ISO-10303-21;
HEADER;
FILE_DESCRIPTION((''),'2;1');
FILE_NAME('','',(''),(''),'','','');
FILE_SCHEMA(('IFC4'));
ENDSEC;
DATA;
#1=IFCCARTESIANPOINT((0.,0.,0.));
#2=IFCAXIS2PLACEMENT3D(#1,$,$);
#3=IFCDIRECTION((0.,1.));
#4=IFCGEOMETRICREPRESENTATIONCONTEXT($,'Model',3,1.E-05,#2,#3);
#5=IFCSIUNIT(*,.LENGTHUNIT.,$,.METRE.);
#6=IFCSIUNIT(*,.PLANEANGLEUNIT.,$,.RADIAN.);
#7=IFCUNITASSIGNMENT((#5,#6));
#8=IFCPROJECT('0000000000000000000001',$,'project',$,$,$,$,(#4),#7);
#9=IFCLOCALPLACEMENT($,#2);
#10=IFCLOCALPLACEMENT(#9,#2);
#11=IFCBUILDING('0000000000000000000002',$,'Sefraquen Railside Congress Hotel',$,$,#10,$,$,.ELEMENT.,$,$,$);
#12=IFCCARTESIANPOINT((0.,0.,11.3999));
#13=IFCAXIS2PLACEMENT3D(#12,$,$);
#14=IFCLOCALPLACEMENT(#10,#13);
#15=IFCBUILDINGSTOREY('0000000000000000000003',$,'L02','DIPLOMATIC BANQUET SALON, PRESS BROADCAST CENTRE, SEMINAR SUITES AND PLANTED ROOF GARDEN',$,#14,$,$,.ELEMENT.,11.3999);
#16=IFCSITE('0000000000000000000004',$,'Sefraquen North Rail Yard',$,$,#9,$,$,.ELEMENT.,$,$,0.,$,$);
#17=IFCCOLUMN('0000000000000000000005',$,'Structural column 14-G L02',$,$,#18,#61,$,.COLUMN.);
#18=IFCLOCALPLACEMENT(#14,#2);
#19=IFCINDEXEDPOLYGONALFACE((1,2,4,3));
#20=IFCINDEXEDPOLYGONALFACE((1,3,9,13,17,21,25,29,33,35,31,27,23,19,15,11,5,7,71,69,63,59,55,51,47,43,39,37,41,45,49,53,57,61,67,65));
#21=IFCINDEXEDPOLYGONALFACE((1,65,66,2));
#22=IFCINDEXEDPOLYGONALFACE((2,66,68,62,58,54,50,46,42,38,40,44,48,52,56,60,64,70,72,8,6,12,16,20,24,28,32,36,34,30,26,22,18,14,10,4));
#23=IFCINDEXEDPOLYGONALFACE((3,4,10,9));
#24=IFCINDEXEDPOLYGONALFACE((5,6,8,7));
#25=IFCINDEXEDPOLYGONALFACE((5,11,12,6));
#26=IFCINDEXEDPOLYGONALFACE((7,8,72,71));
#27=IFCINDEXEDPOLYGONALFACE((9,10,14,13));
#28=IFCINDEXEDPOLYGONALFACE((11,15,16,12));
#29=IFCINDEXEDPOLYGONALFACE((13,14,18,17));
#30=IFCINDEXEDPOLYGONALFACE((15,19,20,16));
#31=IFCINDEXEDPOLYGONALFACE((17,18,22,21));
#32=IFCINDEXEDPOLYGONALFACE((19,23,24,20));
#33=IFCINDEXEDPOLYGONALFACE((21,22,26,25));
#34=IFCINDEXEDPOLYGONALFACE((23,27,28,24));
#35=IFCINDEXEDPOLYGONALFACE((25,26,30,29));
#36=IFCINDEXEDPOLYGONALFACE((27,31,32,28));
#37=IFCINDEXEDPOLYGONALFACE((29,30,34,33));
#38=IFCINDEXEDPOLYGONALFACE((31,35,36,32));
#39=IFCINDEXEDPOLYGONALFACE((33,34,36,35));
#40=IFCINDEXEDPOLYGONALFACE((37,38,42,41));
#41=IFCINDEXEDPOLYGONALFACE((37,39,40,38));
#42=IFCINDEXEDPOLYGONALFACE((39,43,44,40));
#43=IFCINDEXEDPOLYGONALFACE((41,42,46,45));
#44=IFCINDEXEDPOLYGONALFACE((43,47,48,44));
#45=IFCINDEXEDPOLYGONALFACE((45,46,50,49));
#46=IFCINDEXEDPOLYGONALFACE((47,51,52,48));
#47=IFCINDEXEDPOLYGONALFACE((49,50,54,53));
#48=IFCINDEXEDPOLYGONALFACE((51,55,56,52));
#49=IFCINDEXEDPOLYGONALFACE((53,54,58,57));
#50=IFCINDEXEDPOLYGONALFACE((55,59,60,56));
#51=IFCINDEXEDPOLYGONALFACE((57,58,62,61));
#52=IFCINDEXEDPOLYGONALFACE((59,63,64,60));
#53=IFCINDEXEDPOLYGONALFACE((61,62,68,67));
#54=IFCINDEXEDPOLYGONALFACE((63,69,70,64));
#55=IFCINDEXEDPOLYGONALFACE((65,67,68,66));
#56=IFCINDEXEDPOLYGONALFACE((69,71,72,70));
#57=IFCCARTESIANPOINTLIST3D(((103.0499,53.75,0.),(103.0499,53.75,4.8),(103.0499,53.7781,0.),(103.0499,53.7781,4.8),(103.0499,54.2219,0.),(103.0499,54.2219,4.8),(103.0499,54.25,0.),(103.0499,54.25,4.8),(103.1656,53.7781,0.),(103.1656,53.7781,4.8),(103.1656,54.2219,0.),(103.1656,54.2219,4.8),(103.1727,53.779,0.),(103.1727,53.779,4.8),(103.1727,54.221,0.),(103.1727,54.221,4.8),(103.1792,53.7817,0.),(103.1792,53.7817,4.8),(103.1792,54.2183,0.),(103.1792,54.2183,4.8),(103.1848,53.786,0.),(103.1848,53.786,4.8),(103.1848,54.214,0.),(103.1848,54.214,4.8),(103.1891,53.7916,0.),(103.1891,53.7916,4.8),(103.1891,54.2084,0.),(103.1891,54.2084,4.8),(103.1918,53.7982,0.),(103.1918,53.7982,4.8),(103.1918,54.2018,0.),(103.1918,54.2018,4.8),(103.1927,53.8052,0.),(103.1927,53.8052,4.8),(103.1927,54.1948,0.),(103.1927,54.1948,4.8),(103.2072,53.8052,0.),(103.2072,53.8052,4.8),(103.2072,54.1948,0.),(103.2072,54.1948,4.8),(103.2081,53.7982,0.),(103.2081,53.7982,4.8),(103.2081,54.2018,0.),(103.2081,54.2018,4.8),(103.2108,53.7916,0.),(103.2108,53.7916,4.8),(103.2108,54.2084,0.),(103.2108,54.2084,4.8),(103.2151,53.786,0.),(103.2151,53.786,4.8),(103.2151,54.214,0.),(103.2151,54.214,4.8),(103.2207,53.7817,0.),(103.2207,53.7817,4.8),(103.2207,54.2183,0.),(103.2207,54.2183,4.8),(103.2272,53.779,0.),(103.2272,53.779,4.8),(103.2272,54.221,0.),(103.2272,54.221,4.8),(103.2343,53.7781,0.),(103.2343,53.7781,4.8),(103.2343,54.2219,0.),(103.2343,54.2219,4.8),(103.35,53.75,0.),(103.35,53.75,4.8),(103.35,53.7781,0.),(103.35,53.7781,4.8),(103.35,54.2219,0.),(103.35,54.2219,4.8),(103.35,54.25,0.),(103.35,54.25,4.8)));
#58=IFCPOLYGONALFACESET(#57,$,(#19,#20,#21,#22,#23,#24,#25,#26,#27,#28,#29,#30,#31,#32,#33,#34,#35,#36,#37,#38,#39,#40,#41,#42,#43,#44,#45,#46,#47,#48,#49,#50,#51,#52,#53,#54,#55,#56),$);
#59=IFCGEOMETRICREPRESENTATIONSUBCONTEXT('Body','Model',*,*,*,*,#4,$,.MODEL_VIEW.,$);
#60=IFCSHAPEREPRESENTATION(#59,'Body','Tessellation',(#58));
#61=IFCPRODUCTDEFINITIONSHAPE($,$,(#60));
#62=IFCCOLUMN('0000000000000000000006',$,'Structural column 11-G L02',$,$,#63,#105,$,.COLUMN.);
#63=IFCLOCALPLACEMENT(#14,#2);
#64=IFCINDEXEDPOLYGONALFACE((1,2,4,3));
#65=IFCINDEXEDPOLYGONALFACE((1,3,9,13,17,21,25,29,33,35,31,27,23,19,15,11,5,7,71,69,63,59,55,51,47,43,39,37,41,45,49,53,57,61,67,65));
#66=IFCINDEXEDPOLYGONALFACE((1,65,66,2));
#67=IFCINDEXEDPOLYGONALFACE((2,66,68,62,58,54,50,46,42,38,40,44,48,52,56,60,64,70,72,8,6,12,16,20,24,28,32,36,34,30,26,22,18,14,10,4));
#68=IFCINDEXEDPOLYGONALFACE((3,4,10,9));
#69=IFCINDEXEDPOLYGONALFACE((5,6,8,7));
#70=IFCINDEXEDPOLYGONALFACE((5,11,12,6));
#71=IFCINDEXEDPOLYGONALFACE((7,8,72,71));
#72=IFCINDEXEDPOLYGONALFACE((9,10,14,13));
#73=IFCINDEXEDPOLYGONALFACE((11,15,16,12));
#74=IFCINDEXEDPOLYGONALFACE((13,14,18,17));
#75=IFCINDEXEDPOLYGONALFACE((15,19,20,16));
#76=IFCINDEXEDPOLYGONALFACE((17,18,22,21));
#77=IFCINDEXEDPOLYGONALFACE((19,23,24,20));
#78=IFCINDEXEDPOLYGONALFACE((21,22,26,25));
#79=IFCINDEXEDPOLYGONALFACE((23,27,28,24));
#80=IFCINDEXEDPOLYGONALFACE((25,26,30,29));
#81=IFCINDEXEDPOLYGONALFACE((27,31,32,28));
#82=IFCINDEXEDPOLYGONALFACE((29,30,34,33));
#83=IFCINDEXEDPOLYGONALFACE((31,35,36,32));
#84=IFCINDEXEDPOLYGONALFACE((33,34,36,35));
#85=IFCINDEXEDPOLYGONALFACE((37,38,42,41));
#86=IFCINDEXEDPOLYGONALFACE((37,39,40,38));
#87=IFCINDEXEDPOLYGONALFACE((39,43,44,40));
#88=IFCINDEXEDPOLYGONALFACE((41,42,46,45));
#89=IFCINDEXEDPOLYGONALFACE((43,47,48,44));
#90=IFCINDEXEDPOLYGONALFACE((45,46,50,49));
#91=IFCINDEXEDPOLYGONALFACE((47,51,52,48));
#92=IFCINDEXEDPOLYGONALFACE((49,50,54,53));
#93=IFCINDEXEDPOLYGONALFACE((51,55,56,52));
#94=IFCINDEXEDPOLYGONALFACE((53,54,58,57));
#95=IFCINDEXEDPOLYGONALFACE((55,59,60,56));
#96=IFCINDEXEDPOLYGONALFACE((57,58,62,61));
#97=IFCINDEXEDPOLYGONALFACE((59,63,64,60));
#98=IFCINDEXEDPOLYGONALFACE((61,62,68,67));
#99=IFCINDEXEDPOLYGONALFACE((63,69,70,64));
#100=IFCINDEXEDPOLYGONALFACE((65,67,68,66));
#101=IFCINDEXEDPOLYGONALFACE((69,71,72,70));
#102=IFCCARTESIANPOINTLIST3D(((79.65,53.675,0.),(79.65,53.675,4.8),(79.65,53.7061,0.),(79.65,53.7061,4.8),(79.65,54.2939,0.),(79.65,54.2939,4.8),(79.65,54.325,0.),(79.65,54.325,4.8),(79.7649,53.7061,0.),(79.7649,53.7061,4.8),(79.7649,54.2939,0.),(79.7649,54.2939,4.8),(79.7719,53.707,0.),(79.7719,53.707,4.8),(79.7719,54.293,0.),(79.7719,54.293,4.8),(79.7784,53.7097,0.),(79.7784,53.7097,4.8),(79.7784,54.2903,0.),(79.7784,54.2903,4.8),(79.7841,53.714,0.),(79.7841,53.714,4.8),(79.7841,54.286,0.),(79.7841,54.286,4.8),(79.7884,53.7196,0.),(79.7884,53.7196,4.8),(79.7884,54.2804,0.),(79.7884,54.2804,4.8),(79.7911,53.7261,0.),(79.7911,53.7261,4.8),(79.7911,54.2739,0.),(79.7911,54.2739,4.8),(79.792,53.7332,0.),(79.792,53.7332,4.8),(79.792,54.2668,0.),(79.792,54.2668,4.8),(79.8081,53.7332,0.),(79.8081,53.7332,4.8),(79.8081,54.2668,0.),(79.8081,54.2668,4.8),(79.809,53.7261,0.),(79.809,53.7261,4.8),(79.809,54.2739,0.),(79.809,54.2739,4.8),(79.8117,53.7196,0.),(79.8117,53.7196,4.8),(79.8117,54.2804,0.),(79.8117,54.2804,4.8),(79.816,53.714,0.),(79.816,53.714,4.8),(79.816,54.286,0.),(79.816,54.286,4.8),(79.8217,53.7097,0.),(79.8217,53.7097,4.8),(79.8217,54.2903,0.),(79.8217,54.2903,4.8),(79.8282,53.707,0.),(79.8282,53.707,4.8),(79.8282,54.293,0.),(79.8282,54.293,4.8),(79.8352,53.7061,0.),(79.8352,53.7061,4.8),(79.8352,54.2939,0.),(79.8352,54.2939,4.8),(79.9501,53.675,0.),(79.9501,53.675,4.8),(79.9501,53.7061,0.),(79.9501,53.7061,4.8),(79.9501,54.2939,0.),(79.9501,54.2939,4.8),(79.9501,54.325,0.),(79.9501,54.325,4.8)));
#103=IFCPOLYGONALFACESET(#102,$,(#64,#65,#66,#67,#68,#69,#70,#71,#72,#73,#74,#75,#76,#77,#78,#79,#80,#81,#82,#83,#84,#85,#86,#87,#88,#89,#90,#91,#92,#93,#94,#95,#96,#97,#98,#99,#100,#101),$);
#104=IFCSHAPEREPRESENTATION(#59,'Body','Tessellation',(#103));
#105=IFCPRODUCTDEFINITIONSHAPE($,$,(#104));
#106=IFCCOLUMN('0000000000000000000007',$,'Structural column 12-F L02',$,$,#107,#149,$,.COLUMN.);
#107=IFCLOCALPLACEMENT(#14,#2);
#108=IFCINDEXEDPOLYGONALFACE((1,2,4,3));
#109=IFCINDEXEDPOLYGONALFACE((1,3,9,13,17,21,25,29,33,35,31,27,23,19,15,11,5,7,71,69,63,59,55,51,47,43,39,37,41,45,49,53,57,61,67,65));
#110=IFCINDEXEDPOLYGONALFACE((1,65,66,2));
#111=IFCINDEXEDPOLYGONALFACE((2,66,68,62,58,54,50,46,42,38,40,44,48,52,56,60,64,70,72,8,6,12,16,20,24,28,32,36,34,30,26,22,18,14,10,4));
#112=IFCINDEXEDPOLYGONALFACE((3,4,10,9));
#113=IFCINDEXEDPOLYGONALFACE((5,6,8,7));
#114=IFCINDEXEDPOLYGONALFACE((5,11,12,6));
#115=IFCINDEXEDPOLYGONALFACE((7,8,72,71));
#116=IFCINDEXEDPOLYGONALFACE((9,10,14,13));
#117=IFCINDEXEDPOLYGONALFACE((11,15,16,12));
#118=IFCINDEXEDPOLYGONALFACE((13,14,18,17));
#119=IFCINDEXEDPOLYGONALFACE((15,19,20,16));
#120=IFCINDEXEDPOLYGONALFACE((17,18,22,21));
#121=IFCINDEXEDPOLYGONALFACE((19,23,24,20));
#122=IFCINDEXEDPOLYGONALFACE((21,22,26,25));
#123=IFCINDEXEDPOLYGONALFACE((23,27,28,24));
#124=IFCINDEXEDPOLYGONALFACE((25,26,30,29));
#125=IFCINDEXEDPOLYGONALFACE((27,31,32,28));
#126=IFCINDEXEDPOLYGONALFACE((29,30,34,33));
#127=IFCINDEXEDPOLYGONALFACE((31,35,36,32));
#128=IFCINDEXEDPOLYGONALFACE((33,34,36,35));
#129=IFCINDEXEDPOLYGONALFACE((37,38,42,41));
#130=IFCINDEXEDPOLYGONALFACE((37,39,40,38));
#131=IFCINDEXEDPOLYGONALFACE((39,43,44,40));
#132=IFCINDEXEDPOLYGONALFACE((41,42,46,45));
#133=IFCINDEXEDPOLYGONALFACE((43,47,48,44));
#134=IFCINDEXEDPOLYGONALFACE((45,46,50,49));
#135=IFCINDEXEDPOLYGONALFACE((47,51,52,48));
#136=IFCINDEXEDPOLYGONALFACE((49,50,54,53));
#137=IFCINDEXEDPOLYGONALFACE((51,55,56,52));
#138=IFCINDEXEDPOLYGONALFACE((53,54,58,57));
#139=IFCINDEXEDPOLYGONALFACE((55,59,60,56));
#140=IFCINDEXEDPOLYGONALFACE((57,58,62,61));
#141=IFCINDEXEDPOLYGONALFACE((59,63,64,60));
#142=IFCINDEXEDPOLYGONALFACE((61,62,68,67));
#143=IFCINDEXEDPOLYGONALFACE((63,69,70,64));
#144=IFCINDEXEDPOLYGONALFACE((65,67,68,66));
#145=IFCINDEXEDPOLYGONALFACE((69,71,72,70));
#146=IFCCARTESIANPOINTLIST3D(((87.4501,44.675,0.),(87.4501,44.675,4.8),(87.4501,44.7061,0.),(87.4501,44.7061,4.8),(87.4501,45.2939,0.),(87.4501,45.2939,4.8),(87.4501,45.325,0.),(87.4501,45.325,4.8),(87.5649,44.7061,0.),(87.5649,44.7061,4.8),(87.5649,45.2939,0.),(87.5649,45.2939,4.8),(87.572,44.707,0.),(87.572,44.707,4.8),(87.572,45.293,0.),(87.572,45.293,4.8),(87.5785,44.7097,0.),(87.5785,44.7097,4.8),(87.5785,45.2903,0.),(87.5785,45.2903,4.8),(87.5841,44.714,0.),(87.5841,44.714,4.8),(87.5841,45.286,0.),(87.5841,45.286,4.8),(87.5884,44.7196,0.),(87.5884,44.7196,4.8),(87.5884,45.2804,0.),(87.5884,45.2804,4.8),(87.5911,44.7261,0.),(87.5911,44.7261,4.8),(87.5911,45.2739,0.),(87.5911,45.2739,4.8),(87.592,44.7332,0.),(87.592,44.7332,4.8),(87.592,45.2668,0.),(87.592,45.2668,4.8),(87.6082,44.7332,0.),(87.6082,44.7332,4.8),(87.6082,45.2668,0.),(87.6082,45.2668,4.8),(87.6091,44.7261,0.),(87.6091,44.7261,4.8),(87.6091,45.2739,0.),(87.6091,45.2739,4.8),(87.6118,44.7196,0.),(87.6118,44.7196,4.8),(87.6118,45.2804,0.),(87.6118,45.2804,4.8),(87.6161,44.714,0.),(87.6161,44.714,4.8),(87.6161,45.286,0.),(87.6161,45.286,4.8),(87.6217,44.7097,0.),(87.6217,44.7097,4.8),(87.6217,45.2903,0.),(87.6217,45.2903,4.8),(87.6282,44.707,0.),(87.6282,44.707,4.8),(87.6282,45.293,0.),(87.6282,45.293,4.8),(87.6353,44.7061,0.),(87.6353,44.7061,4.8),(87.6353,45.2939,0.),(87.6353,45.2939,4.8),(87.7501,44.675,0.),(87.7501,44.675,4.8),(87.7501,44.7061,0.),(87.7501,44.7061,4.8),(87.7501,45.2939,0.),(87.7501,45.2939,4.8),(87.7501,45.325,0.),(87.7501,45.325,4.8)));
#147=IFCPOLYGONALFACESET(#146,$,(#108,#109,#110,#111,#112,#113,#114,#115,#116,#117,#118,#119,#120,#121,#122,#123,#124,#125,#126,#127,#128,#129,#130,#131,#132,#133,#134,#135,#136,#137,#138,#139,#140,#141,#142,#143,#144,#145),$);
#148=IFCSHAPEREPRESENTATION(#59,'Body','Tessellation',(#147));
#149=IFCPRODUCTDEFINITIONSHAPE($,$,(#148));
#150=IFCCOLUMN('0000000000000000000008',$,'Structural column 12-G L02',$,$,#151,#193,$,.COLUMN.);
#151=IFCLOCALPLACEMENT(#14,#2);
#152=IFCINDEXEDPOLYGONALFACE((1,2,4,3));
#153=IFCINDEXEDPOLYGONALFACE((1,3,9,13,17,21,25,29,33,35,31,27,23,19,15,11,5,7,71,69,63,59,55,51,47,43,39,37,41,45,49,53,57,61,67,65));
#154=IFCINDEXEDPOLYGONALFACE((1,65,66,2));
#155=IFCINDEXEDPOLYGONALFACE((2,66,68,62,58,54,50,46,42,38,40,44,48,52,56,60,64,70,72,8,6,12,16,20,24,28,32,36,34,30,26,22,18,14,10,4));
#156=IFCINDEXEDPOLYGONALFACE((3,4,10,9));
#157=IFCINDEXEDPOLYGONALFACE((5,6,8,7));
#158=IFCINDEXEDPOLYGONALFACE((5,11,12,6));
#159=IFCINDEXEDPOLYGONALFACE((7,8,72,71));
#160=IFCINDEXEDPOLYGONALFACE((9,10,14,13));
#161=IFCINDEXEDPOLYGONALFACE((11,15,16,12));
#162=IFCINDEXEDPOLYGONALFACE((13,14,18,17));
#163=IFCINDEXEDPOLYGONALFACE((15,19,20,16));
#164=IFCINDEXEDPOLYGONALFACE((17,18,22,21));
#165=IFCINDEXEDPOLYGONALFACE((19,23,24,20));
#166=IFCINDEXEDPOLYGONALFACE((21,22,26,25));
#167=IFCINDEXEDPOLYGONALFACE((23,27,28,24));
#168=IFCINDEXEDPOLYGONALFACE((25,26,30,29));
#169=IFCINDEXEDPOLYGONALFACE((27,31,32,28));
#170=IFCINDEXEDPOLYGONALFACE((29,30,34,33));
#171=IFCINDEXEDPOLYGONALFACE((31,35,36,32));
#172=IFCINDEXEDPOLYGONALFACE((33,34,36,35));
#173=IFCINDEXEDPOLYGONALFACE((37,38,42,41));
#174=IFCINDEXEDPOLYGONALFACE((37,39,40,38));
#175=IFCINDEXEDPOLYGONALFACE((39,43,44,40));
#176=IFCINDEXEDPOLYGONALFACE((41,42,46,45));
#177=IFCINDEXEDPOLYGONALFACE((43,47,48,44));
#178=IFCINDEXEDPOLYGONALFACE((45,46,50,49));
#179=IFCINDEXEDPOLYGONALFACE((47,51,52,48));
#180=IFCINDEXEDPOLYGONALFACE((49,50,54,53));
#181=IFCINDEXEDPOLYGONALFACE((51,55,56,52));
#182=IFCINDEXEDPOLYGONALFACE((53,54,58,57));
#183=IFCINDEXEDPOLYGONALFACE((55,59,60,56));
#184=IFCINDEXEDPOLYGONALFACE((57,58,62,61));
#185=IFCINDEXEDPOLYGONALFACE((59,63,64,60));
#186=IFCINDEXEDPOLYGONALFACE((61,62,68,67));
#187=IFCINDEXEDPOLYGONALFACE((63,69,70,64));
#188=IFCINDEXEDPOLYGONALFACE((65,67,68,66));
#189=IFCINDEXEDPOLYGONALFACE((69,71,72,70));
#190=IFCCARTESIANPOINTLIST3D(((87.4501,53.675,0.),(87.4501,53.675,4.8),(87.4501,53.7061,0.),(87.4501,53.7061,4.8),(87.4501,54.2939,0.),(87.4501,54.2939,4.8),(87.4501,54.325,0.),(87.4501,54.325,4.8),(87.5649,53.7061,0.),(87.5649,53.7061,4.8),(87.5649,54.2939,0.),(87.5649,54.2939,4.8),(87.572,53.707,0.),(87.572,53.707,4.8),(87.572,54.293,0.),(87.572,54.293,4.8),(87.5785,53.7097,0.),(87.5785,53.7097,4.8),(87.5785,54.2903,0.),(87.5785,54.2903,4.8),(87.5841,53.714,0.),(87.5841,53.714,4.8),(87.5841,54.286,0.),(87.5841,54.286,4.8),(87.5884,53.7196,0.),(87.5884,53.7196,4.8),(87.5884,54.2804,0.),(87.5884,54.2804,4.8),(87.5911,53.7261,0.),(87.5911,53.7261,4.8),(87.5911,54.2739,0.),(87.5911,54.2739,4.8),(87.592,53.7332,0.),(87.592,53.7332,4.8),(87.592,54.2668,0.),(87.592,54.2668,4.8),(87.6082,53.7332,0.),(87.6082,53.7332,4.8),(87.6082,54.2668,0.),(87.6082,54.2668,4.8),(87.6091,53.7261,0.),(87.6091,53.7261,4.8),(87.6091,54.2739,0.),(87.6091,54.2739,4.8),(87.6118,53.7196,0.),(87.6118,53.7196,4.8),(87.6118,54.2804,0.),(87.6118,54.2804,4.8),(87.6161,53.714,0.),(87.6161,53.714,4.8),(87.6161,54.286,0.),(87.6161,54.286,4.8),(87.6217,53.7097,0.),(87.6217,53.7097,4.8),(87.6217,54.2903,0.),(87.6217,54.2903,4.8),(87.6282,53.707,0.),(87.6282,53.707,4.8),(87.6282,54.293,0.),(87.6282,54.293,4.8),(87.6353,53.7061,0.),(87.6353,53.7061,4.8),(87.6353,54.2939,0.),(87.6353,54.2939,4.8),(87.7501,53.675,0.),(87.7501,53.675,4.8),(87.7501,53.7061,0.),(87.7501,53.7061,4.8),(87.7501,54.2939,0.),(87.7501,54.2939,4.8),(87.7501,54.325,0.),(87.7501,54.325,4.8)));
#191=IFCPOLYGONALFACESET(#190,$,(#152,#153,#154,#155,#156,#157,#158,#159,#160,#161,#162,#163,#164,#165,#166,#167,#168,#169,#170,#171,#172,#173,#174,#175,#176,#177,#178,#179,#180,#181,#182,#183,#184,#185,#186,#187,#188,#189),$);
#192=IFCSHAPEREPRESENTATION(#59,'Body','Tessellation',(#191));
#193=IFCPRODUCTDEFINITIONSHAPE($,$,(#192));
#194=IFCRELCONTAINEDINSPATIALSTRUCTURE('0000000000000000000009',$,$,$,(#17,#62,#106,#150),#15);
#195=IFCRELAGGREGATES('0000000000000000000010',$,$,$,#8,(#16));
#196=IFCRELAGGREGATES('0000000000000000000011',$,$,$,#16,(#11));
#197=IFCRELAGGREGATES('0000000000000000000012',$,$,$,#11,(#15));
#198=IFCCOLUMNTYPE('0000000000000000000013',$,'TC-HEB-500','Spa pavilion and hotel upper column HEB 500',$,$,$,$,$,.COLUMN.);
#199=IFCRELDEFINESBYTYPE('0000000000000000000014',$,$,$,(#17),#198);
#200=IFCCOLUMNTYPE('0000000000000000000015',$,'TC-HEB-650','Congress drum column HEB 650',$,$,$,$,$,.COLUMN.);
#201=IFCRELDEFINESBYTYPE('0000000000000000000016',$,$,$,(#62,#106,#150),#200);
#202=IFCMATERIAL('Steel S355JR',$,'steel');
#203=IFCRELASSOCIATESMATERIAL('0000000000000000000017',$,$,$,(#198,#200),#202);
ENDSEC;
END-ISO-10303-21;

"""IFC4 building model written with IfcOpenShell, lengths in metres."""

from ifc_helpers import new_model, si_unit, direction, frame, origin, origin_2d, place, context, subcontext, project, spatial, i_section, extrude, material, material_profile, profile_set, type_object, element, save


model = new_model("IFC4")

# Units and contexts
model_context = context("Model", 3, precision=1e-05, world=origin(), true_north=direction((0.0, 1.0)))
body_context = subcontext(model_context, "Body", "Model", "MODEL_VIEW")
ifc_project = project(units=[si_unit("LENGTHUNIT", "METRE"), si_unit("PLANEANGLEUNIT", "RADIAN")], contexts=[model_context])

# Site, building, storey
site_placement = place(None, origin())
site = spatial("IfcSite", under=ifc_project, at=site_placement, Name="Sefraquen North Rail Yard", CompositionType="ELEMENT", RefElevation=0.0)
building_placement = place(site_placement, origin())
building = spatial("IfcBuilding", under=site, at=building_placement, Name="Sefraquen Railside Congress Hotel", CompositionType="ELEMENT")
storey_placement = place(building_placement, frame((0.0, 0.0, 11.3999)))
storey = spatial("IfcBuildingStorey", under=building, at=storey_placement, Name="L02", Description="DIPLOMATIC BANQUET SALON, PRESS BROADCAST CENTRE, SEMINAR SUITES AND PLANTED ROOF GARDEN", CompositionType="ELEMENT", Elevation=11.3999)

# Columns
ifc_material_1 = material(Name="Steel S355JR", Category="steel")
ifc_material_profile_1 = material_profile(ifc_material_1, i_section(OverallWidth=0.3, OverallDepth=0.5, WebThickness=0.0144, FlangeThickness=0.0281, FilletRadius=0.0271, at=origin_2d()), Name="HEB 500")
ifc_profile_set_1 = profile_set([ifc_material_profile_1], Name="Steel S355JR")
column_type_1 = type_object("IfcColumnType", Name="TC-HEB-500", Description="Spa pavilion and hotel upper column HEB 500", PredefinedType="COLUMN", material=ifc_profile_set_1)
column_placement = place(storey_placement, frame((103.2, 54.0, 0.0), z_axis=(0.0, 0.0, 1.0), x_axis=(1.0, 0.0, 0.0)))
element("IfcColumn", 1, at=column_placement, inside=storey, type_object=column_type_1, Name="Structural column 14-G L02", PredefinedType="COLUMN", context=body_context, shape_type="SweptSolid", body=[
    extrude(i_section(OverallWidth=0.3, OverallDepth=0.5, WebThickness=0.0144, FlangeThickness=0.0281, FilletRadius=0.0271, at=origin_2d()), origin(), (0.0, 0.0, 1.0), 4.8),
])
ifc_material_profile_2 = material_profile(ifc_material_1, i_section(OverallWidth=0.3, OverallDepth=0.6499, WebThickness=0.0161, FlangeThickness=0.031, FilletRadius=0.0271, at=origin_2d()), Name="HEB 650")
ifc_profile_set_2 = profile_set([ifc_material_profile_2], Name="Steel S355JR")
column_type_2 = type_object("IfcColumnType", Name="TC-HEB-650", Description="Congress drum column HEB 650", PredefinedType="COLUMN", material=ifc_profile_set_2)
for number, where, z_axis, x_axis, name in (
    (2, (79.8, 54.0, 0.0), (0.0, 0.0, 1.0), (1.0, 0.0, 0.0), "Structural column 11-G L02"),
    (3, (87.6001, 45.0, 0.0), (0.0, 0.0, 1.0), (1.0, 0.0, 0.0), "Structural column 12-F L02"),
    (4, (87.6001, 54.0, 0.0), (0.0, 0.0, 1.0), (1.0, 0.0, 0.0), "Structural column 12-G L02"),
):
    element("IfcColumn", number, at=place(storey_placement, frame(where, z_axis=z_axis, x_axis=x_axis)), inside=storey, type_object=column_type_2, Name=name, PredefinedType="COLUMN", context=body_context, shape_type="SweptSolid", body=[
        extrude(i_section(OverallWidth=0.3, OverallDepth=0.6499, WebThickness=0.0161, FlangeThickness=0.031, FilletRadius=0.0271, at=origin_2d()), origin(), (0.0, 0.0, 1.0), 4.8),
    ])

save(model, "model.ifc")
